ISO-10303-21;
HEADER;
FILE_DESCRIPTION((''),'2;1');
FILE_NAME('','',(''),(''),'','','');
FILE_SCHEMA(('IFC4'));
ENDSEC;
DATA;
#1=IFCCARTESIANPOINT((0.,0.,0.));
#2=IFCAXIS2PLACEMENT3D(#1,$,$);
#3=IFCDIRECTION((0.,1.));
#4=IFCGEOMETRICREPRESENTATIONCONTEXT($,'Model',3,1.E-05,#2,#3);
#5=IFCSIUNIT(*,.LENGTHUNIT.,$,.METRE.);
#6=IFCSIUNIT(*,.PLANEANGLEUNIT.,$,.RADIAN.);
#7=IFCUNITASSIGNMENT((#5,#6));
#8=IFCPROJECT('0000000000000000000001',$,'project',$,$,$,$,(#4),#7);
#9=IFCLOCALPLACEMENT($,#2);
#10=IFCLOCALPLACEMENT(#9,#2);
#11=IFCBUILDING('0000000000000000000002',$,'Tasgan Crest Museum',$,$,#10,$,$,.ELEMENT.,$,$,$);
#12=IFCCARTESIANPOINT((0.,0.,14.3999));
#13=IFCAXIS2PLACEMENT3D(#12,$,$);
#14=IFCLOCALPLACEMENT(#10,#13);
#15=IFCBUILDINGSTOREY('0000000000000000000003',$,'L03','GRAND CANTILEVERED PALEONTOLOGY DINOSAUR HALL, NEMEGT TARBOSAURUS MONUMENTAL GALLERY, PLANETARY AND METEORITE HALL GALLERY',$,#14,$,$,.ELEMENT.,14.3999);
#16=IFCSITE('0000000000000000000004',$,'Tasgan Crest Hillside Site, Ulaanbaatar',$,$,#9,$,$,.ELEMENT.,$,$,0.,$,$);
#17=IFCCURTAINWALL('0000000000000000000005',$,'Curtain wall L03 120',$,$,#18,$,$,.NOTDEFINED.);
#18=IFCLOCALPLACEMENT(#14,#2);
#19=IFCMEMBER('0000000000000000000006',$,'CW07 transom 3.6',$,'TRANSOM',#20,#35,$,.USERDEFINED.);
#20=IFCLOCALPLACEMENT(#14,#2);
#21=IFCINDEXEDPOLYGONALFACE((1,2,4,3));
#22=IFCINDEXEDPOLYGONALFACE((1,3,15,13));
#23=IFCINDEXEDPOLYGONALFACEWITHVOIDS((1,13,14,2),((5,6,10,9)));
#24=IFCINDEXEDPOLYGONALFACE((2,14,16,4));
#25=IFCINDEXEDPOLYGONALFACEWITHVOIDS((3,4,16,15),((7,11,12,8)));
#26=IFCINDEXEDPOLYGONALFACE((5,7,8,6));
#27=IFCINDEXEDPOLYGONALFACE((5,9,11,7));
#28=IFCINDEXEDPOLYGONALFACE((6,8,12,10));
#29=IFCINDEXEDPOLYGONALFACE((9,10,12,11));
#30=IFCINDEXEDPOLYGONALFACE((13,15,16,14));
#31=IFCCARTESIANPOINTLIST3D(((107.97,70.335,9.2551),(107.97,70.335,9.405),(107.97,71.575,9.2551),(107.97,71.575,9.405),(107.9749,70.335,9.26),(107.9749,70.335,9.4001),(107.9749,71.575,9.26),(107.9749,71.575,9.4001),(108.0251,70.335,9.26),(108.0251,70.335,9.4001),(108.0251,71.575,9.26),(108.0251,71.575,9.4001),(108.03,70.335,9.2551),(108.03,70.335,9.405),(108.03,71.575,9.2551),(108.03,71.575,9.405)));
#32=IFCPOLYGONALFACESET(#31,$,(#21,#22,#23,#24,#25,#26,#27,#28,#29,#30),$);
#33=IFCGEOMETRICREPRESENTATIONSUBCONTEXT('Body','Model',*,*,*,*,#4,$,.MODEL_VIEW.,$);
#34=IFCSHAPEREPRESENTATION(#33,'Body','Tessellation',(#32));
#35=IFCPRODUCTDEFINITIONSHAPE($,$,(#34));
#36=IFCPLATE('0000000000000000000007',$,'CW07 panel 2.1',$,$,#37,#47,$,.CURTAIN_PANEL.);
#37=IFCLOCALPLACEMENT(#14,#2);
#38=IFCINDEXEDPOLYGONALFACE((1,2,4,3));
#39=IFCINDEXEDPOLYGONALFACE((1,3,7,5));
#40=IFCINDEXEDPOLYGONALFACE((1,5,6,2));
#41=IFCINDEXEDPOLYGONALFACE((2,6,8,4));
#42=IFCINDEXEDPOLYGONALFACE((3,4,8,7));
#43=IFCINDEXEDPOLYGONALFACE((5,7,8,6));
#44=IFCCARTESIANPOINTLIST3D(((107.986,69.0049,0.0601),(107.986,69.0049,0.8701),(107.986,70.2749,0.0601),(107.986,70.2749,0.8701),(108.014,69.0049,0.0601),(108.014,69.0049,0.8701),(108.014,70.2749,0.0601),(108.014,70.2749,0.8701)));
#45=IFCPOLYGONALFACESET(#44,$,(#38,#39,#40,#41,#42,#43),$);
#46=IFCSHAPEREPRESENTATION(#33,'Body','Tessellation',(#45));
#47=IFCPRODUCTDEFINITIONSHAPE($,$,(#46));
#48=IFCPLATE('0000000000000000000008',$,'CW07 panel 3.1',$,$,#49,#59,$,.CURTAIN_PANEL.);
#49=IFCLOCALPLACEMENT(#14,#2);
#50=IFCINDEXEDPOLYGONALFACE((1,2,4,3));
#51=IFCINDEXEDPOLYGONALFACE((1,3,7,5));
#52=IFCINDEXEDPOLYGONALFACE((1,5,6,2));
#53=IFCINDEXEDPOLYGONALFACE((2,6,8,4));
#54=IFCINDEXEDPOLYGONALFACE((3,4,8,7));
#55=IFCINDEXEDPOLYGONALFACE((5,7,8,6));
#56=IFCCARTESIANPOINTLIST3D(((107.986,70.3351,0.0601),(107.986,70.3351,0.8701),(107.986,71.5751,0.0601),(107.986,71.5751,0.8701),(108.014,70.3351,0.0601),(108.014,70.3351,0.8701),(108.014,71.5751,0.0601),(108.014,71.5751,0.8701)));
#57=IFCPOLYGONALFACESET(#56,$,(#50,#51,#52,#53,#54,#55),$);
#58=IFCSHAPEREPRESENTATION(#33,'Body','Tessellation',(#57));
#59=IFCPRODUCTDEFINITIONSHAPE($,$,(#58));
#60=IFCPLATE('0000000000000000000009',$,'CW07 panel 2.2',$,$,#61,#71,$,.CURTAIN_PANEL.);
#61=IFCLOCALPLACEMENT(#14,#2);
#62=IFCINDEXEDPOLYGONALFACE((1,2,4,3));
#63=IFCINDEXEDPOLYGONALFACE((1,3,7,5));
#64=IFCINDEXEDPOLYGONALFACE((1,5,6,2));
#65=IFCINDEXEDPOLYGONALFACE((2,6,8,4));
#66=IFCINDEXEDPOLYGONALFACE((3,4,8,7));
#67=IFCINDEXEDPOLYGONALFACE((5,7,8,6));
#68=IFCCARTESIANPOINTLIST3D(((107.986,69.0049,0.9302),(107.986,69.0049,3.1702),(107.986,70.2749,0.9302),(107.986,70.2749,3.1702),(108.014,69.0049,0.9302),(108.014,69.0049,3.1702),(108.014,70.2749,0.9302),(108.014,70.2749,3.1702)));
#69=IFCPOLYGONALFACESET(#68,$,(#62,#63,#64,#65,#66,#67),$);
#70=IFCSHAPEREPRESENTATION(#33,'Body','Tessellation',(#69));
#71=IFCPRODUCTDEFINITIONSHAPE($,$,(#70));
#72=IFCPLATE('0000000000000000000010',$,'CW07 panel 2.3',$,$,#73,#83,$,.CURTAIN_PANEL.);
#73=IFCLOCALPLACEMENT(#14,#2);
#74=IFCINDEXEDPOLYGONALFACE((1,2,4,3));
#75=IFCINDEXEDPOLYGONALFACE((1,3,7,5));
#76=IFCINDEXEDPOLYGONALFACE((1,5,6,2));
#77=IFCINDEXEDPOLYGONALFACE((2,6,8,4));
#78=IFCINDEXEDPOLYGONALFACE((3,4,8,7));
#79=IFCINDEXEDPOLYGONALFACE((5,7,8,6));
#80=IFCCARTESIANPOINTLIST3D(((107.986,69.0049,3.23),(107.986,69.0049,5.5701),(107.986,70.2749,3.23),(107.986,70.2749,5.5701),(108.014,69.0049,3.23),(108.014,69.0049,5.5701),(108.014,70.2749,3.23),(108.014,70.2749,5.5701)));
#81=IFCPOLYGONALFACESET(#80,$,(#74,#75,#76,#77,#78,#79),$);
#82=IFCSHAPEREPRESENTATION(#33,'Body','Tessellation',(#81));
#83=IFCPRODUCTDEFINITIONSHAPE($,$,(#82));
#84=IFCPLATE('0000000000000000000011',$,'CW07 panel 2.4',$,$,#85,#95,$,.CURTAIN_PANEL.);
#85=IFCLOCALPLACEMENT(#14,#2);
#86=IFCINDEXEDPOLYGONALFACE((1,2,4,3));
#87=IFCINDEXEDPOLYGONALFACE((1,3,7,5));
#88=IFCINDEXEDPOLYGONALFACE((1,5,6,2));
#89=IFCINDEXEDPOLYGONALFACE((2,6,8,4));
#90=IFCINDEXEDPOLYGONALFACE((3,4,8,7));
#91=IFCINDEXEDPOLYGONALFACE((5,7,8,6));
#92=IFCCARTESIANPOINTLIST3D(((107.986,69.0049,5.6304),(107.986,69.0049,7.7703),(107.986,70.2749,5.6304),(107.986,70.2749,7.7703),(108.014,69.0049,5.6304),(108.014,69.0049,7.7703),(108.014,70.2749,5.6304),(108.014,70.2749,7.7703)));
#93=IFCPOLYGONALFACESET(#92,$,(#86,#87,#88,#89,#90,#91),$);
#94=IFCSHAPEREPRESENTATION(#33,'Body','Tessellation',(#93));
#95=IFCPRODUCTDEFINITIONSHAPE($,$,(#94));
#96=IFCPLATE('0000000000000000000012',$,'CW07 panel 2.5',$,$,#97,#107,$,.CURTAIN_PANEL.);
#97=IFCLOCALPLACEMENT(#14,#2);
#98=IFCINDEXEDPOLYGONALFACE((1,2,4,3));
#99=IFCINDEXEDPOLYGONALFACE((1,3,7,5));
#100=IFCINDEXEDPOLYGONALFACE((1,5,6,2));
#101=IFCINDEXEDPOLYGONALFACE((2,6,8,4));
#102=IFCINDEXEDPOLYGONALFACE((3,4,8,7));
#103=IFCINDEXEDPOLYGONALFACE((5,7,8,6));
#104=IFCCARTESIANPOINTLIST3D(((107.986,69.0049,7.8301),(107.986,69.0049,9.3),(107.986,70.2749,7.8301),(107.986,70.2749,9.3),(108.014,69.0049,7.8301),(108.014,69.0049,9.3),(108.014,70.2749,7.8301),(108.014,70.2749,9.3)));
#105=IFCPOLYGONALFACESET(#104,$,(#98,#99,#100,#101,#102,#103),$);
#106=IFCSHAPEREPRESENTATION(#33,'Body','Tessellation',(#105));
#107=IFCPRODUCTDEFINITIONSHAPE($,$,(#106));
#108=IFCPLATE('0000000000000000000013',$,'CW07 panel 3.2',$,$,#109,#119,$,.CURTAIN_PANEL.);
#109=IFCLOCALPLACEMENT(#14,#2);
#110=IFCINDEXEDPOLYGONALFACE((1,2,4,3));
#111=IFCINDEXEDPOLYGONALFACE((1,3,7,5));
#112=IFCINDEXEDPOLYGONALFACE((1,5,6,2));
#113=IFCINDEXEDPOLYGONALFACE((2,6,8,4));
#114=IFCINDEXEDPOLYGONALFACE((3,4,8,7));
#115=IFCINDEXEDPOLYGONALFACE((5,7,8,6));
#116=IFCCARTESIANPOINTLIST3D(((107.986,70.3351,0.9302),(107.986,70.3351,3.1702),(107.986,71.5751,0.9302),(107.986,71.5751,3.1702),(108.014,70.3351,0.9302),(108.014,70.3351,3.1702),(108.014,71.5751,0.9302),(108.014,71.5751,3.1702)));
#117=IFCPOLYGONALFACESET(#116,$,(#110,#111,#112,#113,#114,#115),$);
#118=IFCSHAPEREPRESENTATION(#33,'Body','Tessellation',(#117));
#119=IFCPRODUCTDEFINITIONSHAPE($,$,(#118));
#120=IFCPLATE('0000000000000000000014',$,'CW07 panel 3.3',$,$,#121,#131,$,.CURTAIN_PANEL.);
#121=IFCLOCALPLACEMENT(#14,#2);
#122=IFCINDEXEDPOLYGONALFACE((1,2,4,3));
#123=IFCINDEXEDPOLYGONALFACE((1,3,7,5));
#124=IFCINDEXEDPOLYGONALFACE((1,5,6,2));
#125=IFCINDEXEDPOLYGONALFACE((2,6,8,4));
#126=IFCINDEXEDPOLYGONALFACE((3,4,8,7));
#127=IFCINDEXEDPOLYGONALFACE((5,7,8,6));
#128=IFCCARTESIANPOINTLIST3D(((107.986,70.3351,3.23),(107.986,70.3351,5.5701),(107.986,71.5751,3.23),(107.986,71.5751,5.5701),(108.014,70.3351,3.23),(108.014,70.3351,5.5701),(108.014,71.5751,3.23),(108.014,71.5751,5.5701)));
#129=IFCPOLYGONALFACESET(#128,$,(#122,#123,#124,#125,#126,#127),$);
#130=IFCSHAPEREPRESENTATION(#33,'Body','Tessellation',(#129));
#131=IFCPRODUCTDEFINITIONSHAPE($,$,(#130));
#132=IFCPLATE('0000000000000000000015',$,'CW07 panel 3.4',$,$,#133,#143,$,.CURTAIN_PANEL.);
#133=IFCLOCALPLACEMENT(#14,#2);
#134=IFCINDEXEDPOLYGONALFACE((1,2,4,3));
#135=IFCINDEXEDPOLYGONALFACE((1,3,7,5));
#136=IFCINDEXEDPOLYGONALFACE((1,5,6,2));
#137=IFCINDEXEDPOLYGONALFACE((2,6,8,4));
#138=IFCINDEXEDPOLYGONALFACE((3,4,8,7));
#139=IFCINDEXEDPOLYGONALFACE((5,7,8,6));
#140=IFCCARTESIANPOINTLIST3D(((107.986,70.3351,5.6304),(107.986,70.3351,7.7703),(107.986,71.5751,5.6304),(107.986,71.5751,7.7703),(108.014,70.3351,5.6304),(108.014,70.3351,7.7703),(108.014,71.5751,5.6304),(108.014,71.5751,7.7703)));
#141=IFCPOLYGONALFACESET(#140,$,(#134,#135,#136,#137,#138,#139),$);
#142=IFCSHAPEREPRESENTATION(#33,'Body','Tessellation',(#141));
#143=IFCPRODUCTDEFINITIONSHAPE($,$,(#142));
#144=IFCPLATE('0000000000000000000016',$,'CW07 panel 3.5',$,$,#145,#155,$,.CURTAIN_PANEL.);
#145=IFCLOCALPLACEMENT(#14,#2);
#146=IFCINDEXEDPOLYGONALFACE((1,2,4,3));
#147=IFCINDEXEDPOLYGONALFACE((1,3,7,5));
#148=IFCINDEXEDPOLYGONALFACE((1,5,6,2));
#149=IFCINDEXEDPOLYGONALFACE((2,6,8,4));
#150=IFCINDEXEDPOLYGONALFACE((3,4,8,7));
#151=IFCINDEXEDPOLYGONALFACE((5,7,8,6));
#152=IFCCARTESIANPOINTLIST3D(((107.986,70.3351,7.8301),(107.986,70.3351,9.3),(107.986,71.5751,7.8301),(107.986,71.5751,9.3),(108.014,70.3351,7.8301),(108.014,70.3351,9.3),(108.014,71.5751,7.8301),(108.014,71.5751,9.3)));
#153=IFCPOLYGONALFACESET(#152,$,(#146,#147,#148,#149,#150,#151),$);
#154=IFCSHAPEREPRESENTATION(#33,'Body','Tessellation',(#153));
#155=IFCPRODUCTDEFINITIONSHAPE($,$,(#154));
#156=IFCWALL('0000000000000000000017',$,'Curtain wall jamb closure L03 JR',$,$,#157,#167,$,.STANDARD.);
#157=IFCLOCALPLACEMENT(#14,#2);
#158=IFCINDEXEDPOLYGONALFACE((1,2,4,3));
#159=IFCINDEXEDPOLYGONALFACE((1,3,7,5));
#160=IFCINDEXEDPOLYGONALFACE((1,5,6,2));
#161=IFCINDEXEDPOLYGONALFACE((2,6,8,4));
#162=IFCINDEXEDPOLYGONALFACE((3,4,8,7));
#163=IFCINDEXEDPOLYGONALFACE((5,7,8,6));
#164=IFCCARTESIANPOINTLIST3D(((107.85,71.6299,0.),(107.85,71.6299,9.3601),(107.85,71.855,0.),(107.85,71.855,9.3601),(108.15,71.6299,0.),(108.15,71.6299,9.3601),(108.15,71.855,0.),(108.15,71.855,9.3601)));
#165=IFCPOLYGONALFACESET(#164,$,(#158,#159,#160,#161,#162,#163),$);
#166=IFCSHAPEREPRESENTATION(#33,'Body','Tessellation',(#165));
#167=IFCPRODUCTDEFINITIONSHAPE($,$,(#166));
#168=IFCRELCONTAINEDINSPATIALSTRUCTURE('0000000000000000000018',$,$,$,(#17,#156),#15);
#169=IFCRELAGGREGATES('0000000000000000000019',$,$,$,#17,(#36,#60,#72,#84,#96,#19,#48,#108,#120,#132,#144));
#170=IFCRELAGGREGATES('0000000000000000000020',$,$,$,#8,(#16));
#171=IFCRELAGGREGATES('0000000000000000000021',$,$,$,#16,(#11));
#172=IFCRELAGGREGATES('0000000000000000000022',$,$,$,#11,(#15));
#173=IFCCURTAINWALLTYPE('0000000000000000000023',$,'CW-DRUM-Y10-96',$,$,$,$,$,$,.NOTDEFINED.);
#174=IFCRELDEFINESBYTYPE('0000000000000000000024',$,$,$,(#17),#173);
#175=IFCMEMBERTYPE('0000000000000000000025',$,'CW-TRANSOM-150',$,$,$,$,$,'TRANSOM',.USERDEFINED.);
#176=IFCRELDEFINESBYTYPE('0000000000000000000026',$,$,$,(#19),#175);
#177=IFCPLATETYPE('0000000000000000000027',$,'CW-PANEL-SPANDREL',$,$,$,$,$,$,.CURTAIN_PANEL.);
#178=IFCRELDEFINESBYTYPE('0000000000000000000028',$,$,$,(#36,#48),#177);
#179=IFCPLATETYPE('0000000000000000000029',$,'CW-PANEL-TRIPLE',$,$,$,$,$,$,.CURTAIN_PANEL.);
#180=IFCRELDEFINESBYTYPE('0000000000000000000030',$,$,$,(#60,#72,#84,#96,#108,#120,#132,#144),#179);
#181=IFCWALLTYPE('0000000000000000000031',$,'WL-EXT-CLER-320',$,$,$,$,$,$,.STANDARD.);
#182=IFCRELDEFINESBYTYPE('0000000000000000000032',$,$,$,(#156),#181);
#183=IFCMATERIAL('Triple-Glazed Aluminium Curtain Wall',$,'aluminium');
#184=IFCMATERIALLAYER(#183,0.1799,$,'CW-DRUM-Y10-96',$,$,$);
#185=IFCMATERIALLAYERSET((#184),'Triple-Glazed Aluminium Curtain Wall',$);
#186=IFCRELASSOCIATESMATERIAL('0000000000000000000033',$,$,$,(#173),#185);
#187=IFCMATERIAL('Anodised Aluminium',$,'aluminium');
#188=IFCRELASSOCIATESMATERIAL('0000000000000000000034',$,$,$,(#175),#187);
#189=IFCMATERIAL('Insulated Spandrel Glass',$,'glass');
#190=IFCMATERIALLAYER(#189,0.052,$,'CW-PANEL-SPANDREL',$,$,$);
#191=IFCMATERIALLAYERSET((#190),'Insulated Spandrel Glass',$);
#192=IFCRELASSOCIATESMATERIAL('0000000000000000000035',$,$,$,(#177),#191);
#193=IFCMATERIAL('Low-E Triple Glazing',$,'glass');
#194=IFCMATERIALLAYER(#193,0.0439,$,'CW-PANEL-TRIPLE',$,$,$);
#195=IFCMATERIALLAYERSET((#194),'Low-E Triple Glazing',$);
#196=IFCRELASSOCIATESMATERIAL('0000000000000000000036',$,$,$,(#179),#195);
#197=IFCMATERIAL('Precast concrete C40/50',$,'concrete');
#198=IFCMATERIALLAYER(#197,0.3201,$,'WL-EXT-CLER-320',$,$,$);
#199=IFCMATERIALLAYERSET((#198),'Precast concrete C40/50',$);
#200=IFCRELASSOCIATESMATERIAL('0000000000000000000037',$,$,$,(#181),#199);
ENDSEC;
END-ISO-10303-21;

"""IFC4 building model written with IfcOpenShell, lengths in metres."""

from ifc_helpers import new_model, si_unit, direction, frame, frame_2d, origin, origin_2d, place, context, subcontext, project, spatial, rectangle, hollow_rectangle, extrude, material, layer, layer_set, material_profile, profile_set, type_object, element, aggregate, save


model = new_model("IFC4")

# Units and contexts
model_context = context("Model", 3, precision=1e-05, world=origin(), true_north=direction((0.0, 1.0)))
body_context = subcontext(model_context, "Body", "Model", "MODEL_VIEW")
ifc_project = project(units=[si_unit("LENGTHUNIT", "METRE"), si_unit("PLANEANGLEUNIT", "RADIAN")], contexts=[model_context])

# Site, building, storey
site_placement = place(None, origin())
site = spatial("IfcSite", under=ifc_project, at=site_placement, Name="Tasgan Crest Hillside Site, Ulaanbaatar", CompositionType="ELEMENT", RefElevation=0.0)
building_placement = place(site_placement, origin())
building = spatial("IfcBuilding", under=site, at=building_placement, Name="Tasgan Crest Museum", CompositionType="ELEMENT")
storey_placement = place(building_placement, frame((0.0, 0.0, 14.3999)))
storey = spatial("IfcBuildingStorey", under=building, at=storey_placement, Name="L03", Description="GRAND CANTILEVERED PALEONTOLOGY DINOSAUR HALL, NEMEGT TARBOSAURUS MONUMENTAL GALLERY, PLANETARY AND METEORITE HALL GALLERY", CompositionType="ELEMENT", Elevation=14.3999)

# Curtain wall, member, plates
ifc_material_1 = material(Name="Triple-Glazed Aluminium Curtain Wall", Category="aluminium")
ifc_layer_1 = layer(ifc_material_1, 0.1799, Name="CW-DRUM-Y10-96")
ifc_layer_set_1 = layer_set([ifc_layer_1], Name="Triple-Glazed Aluminium Curtain Wall")
curtain_wall_type = type_object("IfcCurtainWallType", Name="CW-DRUM-Y10-96", PredefinedType="NOTDEFINED", material=ifc_layer_set_1)
curtain_wall_placement = place(storey_placement, origin())
curtain_wall = element("IfcCurtainWall", 1, at=curtain_wall_placement, inside=storey, type_object=curtain_wall_type, Name="Curtain wall L03 120", PredefinedType="NOTDEFINED")
ifc_material_2 = material(Name="Anodised Aluminium", Category="aluminium")
ifc_material_profile_1 = material_profile(ifc_material_2, hollow_rectangle(XDim=0.0601, YDim=0.1499, WallThickness=0.0049, at=origin_2d()), Name="ALU TRANSOM 150x60x5")
ifc_profile_set_1 = profile_set([ifc_material_profile_1], Name="Anodised Aluminium")
member_type_1 = type_object("IfcMemberType", Name="CW-TRANSOM-150", ElementType="TRANSOM", PredefinedType="USERDEFINED", material=ifc_profile_set_1)
member_1_placement = place(storey_placement, frame((108.0, 70.335, 9.3301), z_axis=(0.0, 1.0, 0.0), x_axis=(-1.0, 0.0, 0.0)))
member_1 = element("IfcMember", 2, at=member_1_placement, type_object=member_type_1, Name="CW07 transom 3.6", ObjectType="TRANSOM", PredefinedType="USERDEFINED", context=body_context, shape_type="SweptSolid", body=[
    extrude(hollow_rectangle(XDim=0.0601, YDim=0.1499, WallThickness=0.0049, at=origin_2d()), origin(), (0.0, 0.0, 1.0), 1.24),
])
ifc_material_3 = material(Name="Insulated Spandrel Glass", Category="glass")
ifc_layer_2 = layer(ifc_material_3, 0.052, Name="CW-PANEL-SPANDREL")
ifc_layer_set_2 = layer_set([ifc_layer_2], Name="Insulated Spandrel Glass")
plate_type_1 = type_object("IfcPlateType", Name="CW-PANEL-SPANDREL", PredefinedType="CURTAIN_PANEL", material=ifc_layer_set_2)
plate_1_placement = place(storey_placement, frame((108.0, 69.6399, 0.0601), z_axis=(0.0, 0.0, 1.0), x_axis=(0.0, 1.0, 0.0)))
plate_1 = element("IfcPlate", 3, at=plate_1_placement, type_object=plate_type_1, Name="CW07 panel 2.1", PredefinedType="CURTAIN_PANEL", context=body_context, shape_type="SweptSolid", body=[
    extrude(rectangle(XDim=1.27, YDim=0.0281, at=origin_2d()), origin(), (0.0, 0.0, 1.0), 0.8101),
])
plate_2_placement = place(storey_placement, frame((108.0, 70.9551, 0.0601), z_axis=(0.0, 0.0, 1.0), x_axis=(0.0, 1.0, 0.0)))
plate_2 = element("IfcPlate", 4, at=plate_2_placement, type_object=plate_type_1, Name="CW07 panel 3.1", PredefinedType="CURTAIN_PANEL", context=body_context, shape_type="SweptSolid", body=[
    extrude(rectangle(XDim=1.24, YDim=0.0281, at=origin_2d()), origin(), (0.0, 0.0, 1.0), 0.8101),
])
ifc_material_4 = material(Name="Low-E Triple Glazing", Category="glass")
ifc_layer_3 = layer(ifc_material_4, 0.0439, Name="CW-PANEL-TRIPLE")
ifc_layer_set_3 = layer_set([ifc_layer_3], Name="Low-E Triple Glazing")
plate_type_2 = type_object("IfcPlateType", Name="CW-PANEL-TRIPLE", PredefinedType="CURTAIN_PANEL", material=ifc_layer_set_3)
plate_3_placement = place(storey_placement, frame((108.0, 69.6399, 0.9302), z_axis=(0.0, 0.0, 1.0), x_axis=(0.0, 1.0, 0.0)))
plate_3 = element("IfcPlate", 5, at=plate_3_placement, type_object=plate_type_2, Name="CW07 panel 2.2", PredefinedType="CURTAIN_PANEL", context=body_context, shape_type="SweptSolid", body=[
    extrude(rectangle(XDim=1.27, YDim=0.0281, at=origin_2d()), origin(), (0.0, 0.0, 1.0), 2.24),
])
plate_4_placement = place(storey_placement, frame((108.0, 69.6399, 3.23), z_axis=(0.0, 0.0, 1.0), x_axis=(0.0, 1.0, 0.0)))
plate_4 = element("IfcPlate", 6, at=plate_4_placement, type_object=plate_type_2, Name="CW07 panel 2.3", PredefinedType="CURTAIN_PANEL", context=body_context, shape_type="SweptSolid", body=[
    extrude(rectangle(XDim=1.27, YDim=0.0281, at=origin_2d()), origin(), (0.0, 0.0, 1.0), 2.3401),
])
plate_5_placement = place(storey_placement, frame((108.0, 69.6399, 5.6304), z_axis=(0.0, 0.0, 1.0), x_axis=(0.0, 1.0, 0.0)))
plate_5 = element("IfcPlate", 7, at=plate_5_placement, type_object=plate_type_2, Name="CW07 panel 2.4", PredefinedType="CURTAIN_PANEL", context=body_context, shape_type="SweptSolid", body=[
    extrude(rectangle(XDim=1.27, YDim=0.0281, at=origin_2d()), origin(), (0.0, 0.0, 1.0), 2.1399),
])
plate_6_placement = place(storey_placement, frame((108.0, 69.6399, 7.8301), z_axis=(0.0, 0.0, 1.0), x_axis=(0.0, 1.0, 0.0)))
plate_6 = element("IfcPlate", 8, at=plate_6_placement, type_object=plate_type_2, Name="CW07 panel 2.5", PredefinedType="CURTAIN_PANEL", context=body_context, shape_type="SweptSolid", body=[
    extrude(rectangle(XDim=1.27, YDim=0.0281, at=origin_2d()), origin(), (0.0, 0.0, 1.0), 1.47),
])
plate_7_placement = place(storey_placement, frame((108.0, 70.9551, 0.9302), z_axis=(0.0, 0.0, 1.0), x_axis=(0.0, 1.0, 0.0)))
plate_7 = element("IfcPlate", 9, at=plate_7_placement, type_object=plate_type_2, Name="CW07 panel 3.2", PredefinedType="CURTAIN_PANEL", context=body_context, shape_type="SweptSolid", body=[
    extrude(rectangle(XDim=1.24, YDim=0.0281, at=origin_2d()), origin(), (0.0, 0.0, 1.0), 2.24),
])
plate_8_placement = place(storey_placement, frame((108.0, 70.9551, 3.23), z_axis=(0.0, 0.0, 1.0), x_axis=(0.0, 1.0, 0.0)))
plate_8 = element("IfcPlate", 10, at=plate_8_placement, type_object=plate_type_2, Name="CW07 panel 3.3", PredefinedType="CURTAIN_PANEL", context=body_context, shape_type="SweptSolid", body=[
    extrude(rectangle(XDim=1.24, YDim=0.0281, at=origin_2d()), origin(), (0.0, 0.0, 1.0), 2.3401),
])
plate_9_placement = place(storey_placement, frame((108.0, 70.9551, 5.6304), z_axis=(0.0, 0.0, 1.0), x_axis=(0.0, 1.0, 0.0)))
plate_9 = element("IfcPlate", 11, at=plate_9_placement, type_object=plate_type_2, Name="CW07 panel 3.4", PredefinedType="CURTAIN_PANEL", context=body_context, shape_type="SweptSolid", body=[
    extrude(rectangle(XDim=1.24, YDim=0.0281, at=origin_2d()), origin(), (0.0, 0.0, 1.0), 2.1399),
])
plate_10_placement = place(storey_placement, frame((108.0, 70.9551, 7.8301), z_axis=(0.0, 0.0, 1.0), x_axis=(0.0, 1.0, 0.0)))
plate_10 = element("IfcPlate", 12, at=plate_10_placement, type_object=plate_type_2, Name="CW07 panel 3.5", PredefinedType="CURTAIN_PANEL", context=body_context, shape_type="SweptSolid", body=[
    extrude(rectangle(XDim=1.24, YDim=0.0281, at=origin_2d()), origin(), (0.0, 0.0, 1.0), 1.47),
])
aggregate(curtain_wall, [plate_1, plate_3, plate_4, plate_5, plate_6, member_1, plate_2, plate_7, plate_8, plate_9, plate_10])

# Wall
ifc_material_5 = material(Name="Precast concrete C40/50", Category="concrete")
ifc_layer_4 = layer(ifc_material_5, 0.3201, Name="WL-EXT-CLER-320")
ifc_layer_set_4 = layer_set([ifc_layer_4], Name="Precast concrete C40/50")
wall_type = type_object("IfcWallType", Name="WL-EXT-CLER-320", PredefinedType="STANDARD", material=ifc_layer_set_4)
wall_placement = place(storey_placement, frame((108.0, 71.6299, 0.0), z_axis=(0.0, 0.0, 1.0), x_axis=(0.0, 1.0, 0.0)))
element("IfcWall", 13, at=wall_placement, inside=storey, type_object=wall_type, Name="Curtain wall jamb closure L03 JR", PredefinedType="STANDARD", context=body_context, shape_type="SweptSolid", body=[
    extrude(rectangle(XDim=0.2251, YDim=0.3, at=frame_2d((0.1125, 0.0))), origin(), (0.0, 0.0, 1.0), 9.3601),
])

save(model, "model.ifc")
